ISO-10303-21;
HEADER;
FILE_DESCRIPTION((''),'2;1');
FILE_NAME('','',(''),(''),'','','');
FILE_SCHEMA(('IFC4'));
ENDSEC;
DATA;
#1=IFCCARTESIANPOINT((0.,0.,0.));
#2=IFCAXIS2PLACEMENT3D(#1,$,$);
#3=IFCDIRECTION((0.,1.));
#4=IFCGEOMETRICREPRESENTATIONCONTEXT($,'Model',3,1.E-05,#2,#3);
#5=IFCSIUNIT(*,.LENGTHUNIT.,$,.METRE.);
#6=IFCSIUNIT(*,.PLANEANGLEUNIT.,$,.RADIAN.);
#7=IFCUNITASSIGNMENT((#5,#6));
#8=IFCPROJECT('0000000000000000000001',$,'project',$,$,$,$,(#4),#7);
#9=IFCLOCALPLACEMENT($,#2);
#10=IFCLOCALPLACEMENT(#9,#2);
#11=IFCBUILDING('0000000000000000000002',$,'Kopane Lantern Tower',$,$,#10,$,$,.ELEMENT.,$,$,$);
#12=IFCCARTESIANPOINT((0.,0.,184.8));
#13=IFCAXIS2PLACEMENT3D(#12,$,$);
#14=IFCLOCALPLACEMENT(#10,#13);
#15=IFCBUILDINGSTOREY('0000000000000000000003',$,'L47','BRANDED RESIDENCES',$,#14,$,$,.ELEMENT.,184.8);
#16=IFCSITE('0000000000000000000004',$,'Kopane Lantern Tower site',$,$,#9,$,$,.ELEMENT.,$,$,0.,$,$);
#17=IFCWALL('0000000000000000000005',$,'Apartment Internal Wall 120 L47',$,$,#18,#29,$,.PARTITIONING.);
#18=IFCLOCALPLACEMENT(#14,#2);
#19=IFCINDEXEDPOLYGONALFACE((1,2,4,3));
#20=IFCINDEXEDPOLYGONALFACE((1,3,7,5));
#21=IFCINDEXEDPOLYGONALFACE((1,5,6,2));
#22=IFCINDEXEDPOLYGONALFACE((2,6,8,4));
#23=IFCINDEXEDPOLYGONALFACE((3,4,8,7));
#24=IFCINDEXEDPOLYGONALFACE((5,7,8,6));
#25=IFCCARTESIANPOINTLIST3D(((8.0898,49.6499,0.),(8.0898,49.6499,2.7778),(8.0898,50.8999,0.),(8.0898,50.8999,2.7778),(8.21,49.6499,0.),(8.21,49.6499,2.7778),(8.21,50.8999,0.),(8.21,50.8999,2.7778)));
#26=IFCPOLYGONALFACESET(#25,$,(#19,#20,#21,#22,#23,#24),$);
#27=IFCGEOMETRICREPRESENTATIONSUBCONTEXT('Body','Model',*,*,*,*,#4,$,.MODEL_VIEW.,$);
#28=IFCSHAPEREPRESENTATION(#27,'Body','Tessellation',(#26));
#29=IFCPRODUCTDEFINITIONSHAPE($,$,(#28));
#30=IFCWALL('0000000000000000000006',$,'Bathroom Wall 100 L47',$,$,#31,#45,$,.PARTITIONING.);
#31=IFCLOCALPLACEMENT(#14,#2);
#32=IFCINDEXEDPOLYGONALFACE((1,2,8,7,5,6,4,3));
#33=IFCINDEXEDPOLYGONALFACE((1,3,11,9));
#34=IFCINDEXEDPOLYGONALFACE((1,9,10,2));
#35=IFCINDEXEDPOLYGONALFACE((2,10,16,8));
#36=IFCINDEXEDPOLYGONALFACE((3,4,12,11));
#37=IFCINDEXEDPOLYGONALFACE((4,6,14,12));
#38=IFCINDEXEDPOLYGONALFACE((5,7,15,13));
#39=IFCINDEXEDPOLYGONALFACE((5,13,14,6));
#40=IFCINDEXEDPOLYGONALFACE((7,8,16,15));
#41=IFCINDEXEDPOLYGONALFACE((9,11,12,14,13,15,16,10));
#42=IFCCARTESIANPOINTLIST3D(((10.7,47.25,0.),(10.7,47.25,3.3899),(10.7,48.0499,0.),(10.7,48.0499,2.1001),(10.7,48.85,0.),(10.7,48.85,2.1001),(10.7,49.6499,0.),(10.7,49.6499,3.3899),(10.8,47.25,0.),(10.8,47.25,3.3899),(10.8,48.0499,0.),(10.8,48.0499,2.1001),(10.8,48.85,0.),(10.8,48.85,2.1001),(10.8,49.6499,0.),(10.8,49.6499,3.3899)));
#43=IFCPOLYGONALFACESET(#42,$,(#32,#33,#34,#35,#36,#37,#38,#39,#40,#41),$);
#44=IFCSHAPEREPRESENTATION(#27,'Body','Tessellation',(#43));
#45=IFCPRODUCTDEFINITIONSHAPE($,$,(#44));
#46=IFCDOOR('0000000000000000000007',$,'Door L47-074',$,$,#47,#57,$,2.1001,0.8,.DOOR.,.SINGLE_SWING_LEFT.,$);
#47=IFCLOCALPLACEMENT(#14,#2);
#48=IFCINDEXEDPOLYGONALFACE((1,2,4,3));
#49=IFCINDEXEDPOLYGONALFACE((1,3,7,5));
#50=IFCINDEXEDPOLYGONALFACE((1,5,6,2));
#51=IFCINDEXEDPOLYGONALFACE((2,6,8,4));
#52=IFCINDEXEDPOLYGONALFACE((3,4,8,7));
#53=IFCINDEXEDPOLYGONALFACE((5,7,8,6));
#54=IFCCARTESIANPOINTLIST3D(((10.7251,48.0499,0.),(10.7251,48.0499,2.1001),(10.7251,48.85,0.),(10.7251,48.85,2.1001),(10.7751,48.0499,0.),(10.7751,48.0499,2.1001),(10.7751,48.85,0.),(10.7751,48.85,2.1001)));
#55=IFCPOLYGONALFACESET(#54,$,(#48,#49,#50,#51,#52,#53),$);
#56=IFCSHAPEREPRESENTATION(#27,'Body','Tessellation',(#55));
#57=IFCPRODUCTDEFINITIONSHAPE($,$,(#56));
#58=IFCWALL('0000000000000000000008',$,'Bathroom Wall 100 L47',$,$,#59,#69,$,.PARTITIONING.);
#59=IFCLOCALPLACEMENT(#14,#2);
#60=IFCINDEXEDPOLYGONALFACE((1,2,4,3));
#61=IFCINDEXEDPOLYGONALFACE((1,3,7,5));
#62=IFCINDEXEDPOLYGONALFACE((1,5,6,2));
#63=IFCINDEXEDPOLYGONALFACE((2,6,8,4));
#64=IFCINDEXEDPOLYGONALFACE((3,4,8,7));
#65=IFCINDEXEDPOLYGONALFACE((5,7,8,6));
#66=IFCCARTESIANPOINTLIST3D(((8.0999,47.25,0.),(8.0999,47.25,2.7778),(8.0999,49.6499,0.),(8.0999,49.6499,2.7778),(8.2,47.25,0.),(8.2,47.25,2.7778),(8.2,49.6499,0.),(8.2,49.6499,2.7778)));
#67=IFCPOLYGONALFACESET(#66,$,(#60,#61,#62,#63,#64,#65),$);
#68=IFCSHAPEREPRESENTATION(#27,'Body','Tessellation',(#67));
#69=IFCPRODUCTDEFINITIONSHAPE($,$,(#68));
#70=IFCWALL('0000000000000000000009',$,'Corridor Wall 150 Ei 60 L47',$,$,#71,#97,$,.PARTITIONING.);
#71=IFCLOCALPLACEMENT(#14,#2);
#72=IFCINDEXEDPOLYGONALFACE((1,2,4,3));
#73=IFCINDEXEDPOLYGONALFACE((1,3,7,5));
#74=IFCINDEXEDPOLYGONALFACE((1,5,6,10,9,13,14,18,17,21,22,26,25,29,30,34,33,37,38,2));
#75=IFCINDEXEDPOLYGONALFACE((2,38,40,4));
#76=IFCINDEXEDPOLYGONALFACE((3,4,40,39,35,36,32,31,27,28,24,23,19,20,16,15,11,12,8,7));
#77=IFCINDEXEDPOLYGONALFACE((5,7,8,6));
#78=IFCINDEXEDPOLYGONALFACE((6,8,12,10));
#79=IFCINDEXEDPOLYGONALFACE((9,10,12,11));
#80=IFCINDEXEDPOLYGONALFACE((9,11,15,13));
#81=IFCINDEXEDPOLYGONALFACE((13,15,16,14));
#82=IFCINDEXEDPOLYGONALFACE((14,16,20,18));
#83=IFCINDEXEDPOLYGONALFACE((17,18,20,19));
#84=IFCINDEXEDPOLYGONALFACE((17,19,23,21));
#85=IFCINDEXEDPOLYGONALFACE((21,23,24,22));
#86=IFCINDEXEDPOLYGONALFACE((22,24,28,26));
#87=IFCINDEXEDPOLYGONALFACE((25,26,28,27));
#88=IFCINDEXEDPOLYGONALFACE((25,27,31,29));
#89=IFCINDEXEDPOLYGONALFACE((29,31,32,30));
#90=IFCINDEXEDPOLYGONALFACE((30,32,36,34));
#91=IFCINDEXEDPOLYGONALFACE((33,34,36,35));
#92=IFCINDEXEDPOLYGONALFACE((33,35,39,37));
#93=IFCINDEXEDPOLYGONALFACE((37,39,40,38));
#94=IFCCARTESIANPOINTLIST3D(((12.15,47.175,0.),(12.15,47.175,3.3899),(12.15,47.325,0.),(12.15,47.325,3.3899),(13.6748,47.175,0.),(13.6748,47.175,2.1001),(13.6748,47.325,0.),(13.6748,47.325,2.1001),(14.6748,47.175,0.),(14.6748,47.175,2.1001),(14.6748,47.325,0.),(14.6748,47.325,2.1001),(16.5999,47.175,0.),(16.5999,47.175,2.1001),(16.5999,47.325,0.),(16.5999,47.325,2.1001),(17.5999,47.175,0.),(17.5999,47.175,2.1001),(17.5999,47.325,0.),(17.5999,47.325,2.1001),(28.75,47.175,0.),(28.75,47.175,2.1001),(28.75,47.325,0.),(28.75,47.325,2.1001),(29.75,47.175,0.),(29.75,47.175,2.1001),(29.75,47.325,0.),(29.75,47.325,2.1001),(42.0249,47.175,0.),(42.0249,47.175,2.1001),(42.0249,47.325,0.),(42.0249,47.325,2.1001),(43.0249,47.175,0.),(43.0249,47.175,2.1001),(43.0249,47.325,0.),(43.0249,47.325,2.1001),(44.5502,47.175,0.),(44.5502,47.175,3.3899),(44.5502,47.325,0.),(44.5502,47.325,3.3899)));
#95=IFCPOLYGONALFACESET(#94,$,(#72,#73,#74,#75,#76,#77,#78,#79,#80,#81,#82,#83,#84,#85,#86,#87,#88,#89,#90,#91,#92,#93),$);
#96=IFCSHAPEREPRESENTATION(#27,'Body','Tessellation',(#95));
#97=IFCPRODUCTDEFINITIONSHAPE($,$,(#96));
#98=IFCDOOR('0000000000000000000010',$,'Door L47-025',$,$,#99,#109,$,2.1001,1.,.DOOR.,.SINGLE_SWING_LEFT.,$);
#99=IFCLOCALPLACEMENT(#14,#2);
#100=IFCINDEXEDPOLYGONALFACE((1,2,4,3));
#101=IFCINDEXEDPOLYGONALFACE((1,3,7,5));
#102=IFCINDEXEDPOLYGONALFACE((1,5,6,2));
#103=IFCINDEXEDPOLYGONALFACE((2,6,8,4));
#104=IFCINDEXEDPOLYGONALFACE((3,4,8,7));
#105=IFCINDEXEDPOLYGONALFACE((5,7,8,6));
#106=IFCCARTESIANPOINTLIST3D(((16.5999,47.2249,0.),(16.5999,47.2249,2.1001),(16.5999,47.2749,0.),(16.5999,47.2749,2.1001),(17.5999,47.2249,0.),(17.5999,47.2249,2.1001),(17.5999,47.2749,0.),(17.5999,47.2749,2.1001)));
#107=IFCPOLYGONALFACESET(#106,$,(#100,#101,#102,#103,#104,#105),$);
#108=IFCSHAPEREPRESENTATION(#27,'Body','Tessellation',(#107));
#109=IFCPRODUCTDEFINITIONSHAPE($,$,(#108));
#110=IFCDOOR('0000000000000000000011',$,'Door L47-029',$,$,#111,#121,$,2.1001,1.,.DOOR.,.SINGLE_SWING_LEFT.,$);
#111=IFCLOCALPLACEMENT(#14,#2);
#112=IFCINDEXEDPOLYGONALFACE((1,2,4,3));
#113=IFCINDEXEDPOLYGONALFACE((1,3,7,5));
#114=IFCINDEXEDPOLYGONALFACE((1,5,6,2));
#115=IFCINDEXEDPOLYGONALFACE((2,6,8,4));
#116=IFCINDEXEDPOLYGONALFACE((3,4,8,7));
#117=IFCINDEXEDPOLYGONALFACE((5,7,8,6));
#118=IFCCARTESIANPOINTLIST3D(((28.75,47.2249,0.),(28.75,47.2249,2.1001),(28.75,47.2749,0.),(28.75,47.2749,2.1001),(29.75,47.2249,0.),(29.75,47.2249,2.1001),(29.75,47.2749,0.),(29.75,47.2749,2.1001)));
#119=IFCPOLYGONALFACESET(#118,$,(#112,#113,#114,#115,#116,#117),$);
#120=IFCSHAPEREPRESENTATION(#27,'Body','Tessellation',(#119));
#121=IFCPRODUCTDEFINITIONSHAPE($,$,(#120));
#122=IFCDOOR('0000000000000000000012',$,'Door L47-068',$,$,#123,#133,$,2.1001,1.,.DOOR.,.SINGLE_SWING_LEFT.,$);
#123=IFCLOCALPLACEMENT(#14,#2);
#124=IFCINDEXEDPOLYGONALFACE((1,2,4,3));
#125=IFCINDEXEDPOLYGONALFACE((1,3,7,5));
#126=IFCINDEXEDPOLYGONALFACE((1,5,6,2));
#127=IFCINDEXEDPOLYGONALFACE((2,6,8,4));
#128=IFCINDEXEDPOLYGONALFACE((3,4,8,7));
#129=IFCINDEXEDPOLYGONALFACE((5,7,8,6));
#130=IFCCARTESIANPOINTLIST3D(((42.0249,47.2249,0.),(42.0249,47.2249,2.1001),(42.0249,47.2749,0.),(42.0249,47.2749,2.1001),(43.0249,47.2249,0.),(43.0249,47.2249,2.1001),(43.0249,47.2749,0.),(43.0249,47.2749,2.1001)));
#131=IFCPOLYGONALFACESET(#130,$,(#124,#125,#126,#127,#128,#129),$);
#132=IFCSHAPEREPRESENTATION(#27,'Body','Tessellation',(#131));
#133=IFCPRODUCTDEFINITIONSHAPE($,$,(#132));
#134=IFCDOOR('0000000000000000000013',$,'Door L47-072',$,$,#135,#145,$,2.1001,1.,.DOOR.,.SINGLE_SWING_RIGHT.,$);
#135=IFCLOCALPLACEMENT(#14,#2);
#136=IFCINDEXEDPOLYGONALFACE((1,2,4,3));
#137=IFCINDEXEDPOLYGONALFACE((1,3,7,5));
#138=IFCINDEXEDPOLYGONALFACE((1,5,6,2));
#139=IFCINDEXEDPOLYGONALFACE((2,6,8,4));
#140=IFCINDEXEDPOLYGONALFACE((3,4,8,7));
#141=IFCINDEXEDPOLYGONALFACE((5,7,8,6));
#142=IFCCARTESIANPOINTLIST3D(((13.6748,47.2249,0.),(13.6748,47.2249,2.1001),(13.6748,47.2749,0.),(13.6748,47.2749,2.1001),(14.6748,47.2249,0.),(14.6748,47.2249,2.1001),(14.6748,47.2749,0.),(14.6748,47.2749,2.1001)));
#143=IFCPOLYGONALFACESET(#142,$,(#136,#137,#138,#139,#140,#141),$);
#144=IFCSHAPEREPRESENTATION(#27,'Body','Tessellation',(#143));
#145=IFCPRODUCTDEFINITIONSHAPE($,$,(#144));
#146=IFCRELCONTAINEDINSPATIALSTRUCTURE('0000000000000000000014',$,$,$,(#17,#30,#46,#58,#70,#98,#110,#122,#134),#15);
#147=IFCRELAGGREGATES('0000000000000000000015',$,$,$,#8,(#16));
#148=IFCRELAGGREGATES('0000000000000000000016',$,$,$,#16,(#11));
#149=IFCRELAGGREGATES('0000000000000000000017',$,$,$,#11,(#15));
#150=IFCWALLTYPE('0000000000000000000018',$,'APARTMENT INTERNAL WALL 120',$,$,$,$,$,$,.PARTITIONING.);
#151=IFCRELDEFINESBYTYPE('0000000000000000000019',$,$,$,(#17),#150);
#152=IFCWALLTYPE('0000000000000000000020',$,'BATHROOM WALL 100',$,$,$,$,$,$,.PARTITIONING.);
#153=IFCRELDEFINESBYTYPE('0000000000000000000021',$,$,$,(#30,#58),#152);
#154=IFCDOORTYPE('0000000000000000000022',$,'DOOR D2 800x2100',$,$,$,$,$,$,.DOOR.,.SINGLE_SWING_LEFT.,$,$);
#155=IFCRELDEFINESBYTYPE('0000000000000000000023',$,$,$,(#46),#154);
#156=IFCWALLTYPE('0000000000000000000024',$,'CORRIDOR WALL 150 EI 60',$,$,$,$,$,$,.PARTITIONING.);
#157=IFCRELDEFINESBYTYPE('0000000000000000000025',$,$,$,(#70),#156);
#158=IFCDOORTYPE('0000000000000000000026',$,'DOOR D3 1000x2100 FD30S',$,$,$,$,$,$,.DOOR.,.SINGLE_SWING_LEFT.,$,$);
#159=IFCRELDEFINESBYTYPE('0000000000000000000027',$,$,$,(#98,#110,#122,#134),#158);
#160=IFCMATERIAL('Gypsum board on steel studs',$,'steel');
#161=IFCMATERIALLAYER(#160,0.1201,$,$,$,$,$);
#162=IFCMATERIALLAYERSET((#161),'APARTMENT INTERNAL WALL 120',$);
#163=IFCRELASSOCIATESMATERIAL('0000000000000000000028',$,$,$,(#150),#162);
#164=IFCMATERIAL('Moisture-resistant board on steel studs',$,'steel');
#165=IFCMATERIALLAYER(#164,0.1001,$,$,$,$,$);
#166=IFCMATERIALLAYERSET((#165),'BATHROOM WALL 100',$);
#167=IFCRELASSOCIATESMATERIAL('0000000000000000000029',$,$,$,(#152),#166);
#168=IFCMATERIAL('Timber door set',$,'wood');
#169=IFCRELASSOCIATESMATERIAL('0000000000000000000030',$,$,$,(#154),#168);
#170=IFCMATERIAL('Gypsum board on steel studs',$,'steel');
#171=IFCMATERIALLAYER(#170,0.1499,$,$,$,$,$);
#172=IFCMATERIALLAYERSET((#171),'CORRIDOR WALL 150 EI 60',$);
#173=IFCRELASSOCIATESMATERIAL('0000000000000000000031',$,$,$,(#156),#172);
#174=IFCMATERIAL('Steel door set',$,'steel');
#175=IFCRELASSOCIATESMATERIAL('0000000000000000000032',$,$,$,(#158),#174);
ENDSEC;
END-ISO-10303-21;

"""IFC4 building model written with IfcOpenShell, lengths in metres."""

from ifc_helpers import new_model, si_unit, direction, frame, frame_2d, origin, place, context, subcontext, project, spatial, rectangle, extrude, material, layer, layer_set, type_object, element, fill, save


model = new_model("IFC4")

# Units and contexts
model_context = context("Model", 3, precision=1e-05, world=origin(), true_north=direction((0.0, 1.0)))
body_context = subcontext(model_context, "Body", "Model", "MODEL_VIEW")
ifc_project = project(units=[si_unit("LENGTHUNIT", "METRE"), si_unit("PLANEANGLEUNIT", "RADIAN")], contexts=[model_context])

# Site, building, storey
site_placement = place(None, origin())
site = spatial("IfcSite", under=ifc_project, at=site_placement, Name="Kopane Lantern Tower site", CompositionType="ELEMENT", RefElevation=0.0)
building_placement = place(site_placement, origin())
building = spatial("IfcBuilding", under=site, at=building_placement, Name="Kopane Lantern Tower", CompositionType="ELEMENT")
storey_placement = place(building_placement, frame((0.0, 0.0, 184.8)))
storey = spatial("IfcBuildingStorey", under=building, at=storey_placement, Name="L47", Description="BRANDED RESIDENCES", CompositionType="ELEMENT", Elevation=184.8)

# Shared definitions
ifc_material_1 = material(Name="Gypsum board on steel studs", Category="steel")
ifc_layer_1 = layer(ifc_material_1, 0.1201)
ifc_layer_set_1 = layer_set([ifc_layer_1], Name="APARTMENT INTERNAL WALL 120")
wall_type_1 = type_object("IfcWallType", Name="APARTMENT INTERNAL WALL 120", PredefinedType="PARTITIONING", material=ifc_layer_set_1)

# Wall
wall_1_placement = place(storey_placement, frame((8.1499, 49.6499, 0.0), z_axis=(0.0, 0.0, 1.0), x_axis=(0.0, 1.0, 0.0)))
element("IfcWall", 1, at=wall_1_placement, inside=storey, type_object=wall_type_1, Name="Apartment Internal Wall 120 L47", PredefinedType="PARTITIONING", context=body_context, shape_type="SweptSolid", body=[
    extrude(rectangle(XDim=1.25, YDim=0.1201, at=frame_2d((0.625, 0.0))), origin(), (0.0, 0.0, 1.0), 2.7778),
])

# Wall, opening, door
ifc_material_2 = material(Name="Moisture-resistant board on steel studs", Category="steel")
ifc_layer_2 = layer(ifc_material_2, 0.1001)
ifc_layer_set_2 = layer_set([ifc_layer_2], Name="BATHROOM WALL 100")
wall_type_2 = type_object("IfcWallType", Name="BATHROOM WALL 100", PredefinedType="PARTITIONING", material=ifc_layer_set_2)
wall_2_placement = place(storey_placement, frame((10.75, 47.25, 0.0), z_axis=(0.0, 0.0, 1.0), x_axis=(0.0, 1.0, 0.0)))
wall_2 = element("IfcWall", 2, at=wall_2_placement, inside=storey, type_object=wall_type_2, Name="Bathroom Wall 100 L47", PredefinedType="PARTITIONING", context=body_context, shape_type="SweptSolid", body=[
    extrude(rectangle(XDim=2.3999, YDim=0.1001, at=frame_2d((1.2, 0.0))), origin(), (0.0, 0.0, 1.0), 3.3899),
])
opening_1_placement = place(wall_2_placement, frame((0.8, 0.0, 0.0)))
opening_1 = element("IfcOpeningElement", 3, at=opening_1_placement, cuts=wall_2, PredefinedType="OPENING", context=body_context, shape_type="SweptSolid", body=[
    extrude(rectangle(XDim=0.8, YDim=2.1001, at=frame_2d((0.3999, 1.05))), frame((0.0, 0.0601, 0.0), z_axis=(0.0, -1.0, 0.0), x_axis=(1.0, 0.0, 0.0)), (0.0, 0.0, 1.0), 0.1201),
])
ifc_material_3 = material(Name="Timber door set", Category="wood")
door_type_1 = type_object("IfcDoorType", Name="DOOR D2 800x2100", OperationType="SINGLE_SWING_LEFT", PredefinedType="DOOR", material=ifc_material_3)
door_1_placement = place(opening_1_placement, origin())
door_1 = element("IfcDoor", 4, at=door_1_placement, inside=storey, type_object=door_type_1, Name="Door L47-074", OperationType="SINGLE_SWING_LEFT", OverallHeight=2.1001, OverallWidth=0.8, PredefinedType="DOOR", context=body_context, shape_type="SweptSolid", body=[
    extrude(rectangle(XDim=0.8, YDim=2.1001, at=frame_2d((0.3999, 1.05))), frame((0.0, 0.0249, 0.0), z_axis=(0.0, -1.0, 0.0), x_axis=(1.0, 0.0, 0.0)), (0.0, 0.0, 1.0), 0.05),
])
fill(opening_1, door_1)

# Wall
wall_3_placement = place(storey_placement, frame((8.1499, 47.25, 0.0), z_axis=(0.0, 0.0, 1.0), x_axis=(0.0, 1.0, 0.0)))
element("IfcWall", 5, at=wall_3_placement, inside=storey, type_object=wall_type_2, Name="Bathroom Wall 100 L47", PredefinedType="PARTITIONING", context=body_context, shape_type="SweptSolid", body=[
    extrude(rectangle(XDim=2.3999, YDim=0.1001, at=frame_2d((1.2, 0.0))), origin(), (0.0, 0.0, 1.0), 2.7778),
])

# Wall, openings, doors
ifc_material_4 = material(Name="Gypsum board on steel studs", Category="steel")
ifc_layer_3 = layer(ifc_material_4, 0.1499)
ifc_layer_set_3 = layer_set([ifc_layer_3], Name="CORRIDOR WALL 150 EI 60")
wall_type_3 = type_object("IfcWallType", Name="CORRIDOR WALL 150 EI 60", PredefinedType="PARTITIONING", material=ifc_layer_set_3)
wall_4_placement = place(storey_placement, frame((12.1499, 47.25, 0.0), z_axis=(0.0, 0.0, 1.0), x_axis=(1.0, 0.0, 0.0)))
wall_4 = element("IfcWall", 6, at=wall_4_placement, inside=storey, type_object=wall_type_3, Name="Corridor Wall 150 Ei 60 L47", PredefinedType="PARTITIONING", context=body_context, shape_type="SweptSolid", body=[
    extrude(rectangle(XDim=32.4001, YDim=0.1499, at=frame_2d((16.2002, 0.0))), origin(), (0.0, 0.0, 1.0), 3.3899),
])
opening_2_placement = place(wall_4_placement, frame((4.45, 0.0, 0.0)))
opening_2 = element("IfcOpeningElement", 7, at=opening_2_placement, cuts=wall_4, PredefinedType="OPENING", context=body_context, shape_type="SweptSolid", body=[
    extrude(rectangle(XDim=1.0, YDim=2.1001, at=frame_2d((0.5, 1.05))), frame((0.0, 0.085, 0.0), z_axis=(0.0, -1.0, 0.0), x_axis=(1.0, 0.0, 0.0)), (0.0, 0.0, 1.0), 0.1699),
])
opening_3_placement = place(wall_4_placement, frame((16.6001, 0.0, 0.0)))
opening_3 = element("IfcOpeningElement", 8, at=opening_3_placement, cuts=wall_4, PredefinedType="OPENING", context=body_context, shape_type="SweptSolid", body=[
    extrude(rectangle(XDim=1.0, YDim=2.1001, at=frame_2d((0.5, 1.05))), frame((0.0, 0.085, 0.0), z_axis=(0.0, -1.0, 0.0), x_axis=(1.0, 0.0, 0.0)), (0.0, 0.0, 1.0), 0.1699),
])
opening_4_placement = place(wall_4_placement, frame((29.875, 0.0, 0.0)))
opening_4 = element("IfcOpeningElement", 9, at=opening_4_placement, cuts=wall_4, PredefinedType="OPENING", context=body_context, shape_type="SweptSolid", body=[
    extrude(rectangle(XDim=1.0, YDim=2.1001, at=frame_2d((0.5, 1.05))), frame((0.0, 0.085, 0.0), z_axis=(0.0, -1.0, 0.0), x_axis=(1.0, 0.0, 0.0)), (0.0, 0.0, 1.0), 0.1699),
])
opening_5_placement = place(wall_4_placement, frame((1.5249, 0.0, 0.0)))
opening_5 = element("IfcOpeningElement", 10, at=opening_5_placement, cuts=wall_4, PredefinedType="OPENING", context=body_context, shape_type="SweptSolid", body=[
    extrude(rectangle(XDim=1.0, YDim=2.1001, at=frame_2d((0.5, 1.05))), frame((0.0, 0.085, 0.0), z_axis=(0.0, -1.0, 0.0), x_axis=(1.0, 0.0, 0.0)), (0.0, 0.0, 1.0), 0.1699),
])
ifc_material_5 = material(Name="Steel door set", Category="steel")
door_type_2 = type_object("IfcDoorType", Name="DOOR D3 1000x2100 FD30S", OperationType="SINGLE_SWING_LEFT", PredefinedType="DOOR", material=ifc_material_5)
door_2_placement = place(opening_2_placement, origin())
door_2 = element("IfcDoor", 11, at=door_2_placement, inside=storey, type_object=door_type_2, Name="Door L47-025", OperationType="SINGLE_SWING_LEFT", OverallHeight=2.1001, OverallWidth=1.0, PredefinedType="DOOR", context=body_context, shape_type="SweptSolid", body=[
    extrude(rectangle(XDim=1.0, YDim=2.1001, at=frame_2d((0.5, 1.05))), frame((0.0, 0.0249, 0.0), z_axis=(0.0, -1.0, 0.0), x_axis=(1.0, 0.0, 0.0)), (0.0, 0.0, 1.0), 0.05),
])
fill(opening_2, door_2)
door_3_placement = place(opening_3_placement, origin())
door_3 = element("IfcDoor", 12, at=door_3_placement, inside=storey, type_object=door_type_2, Name="Door L47-029", OperationType="SINGLE_SWING_LEFT", OverallHeight=2.1001, OverallWidth=1.0, PredefinedType="DOOR", context=body_context, shape_type="SweptSolid", body=[
    extrude(rectangle(XDim=1.0, YDim=2.1001, at=frame_2d((0.5, 1.05))), frame((0.0, 0.0249, 0.0), z_axis=(0.0, -1.0, 0.0), x_axis=(1.0, 0.0, 0.0)), (0.0, 0.0, 1.0), 0.05),
])
fill(opening_3, door_3)
door_4_placement = place(opening_4_placement, origin())
door_4 = element("IfcDoor", 13, at=door_4_placement, inside=storey, type_object=door_type_2, Name="Door L47-068", OperationType="SINGLE_SWING_LEFT", OverallHeight=2.1001, OverallWidth=1.0, PredefinedType="DOOR", context=body_context, shape_type="SweptSolid", body=[
    extrude(rectangle(XDim=1.0, YDim=2.1001, at=frame_2d((0.5, 1.05))), frame((0.0, 0.0249, 0.0), z_axis=(0.0, -1.0, 0.0), x_axis=(1.0, 0.0, 0.0)), (0.0, 0.0, 1.0), 0.05),
])
fill(opening_4, door_4)
door_5_placement = place(opening_5_placement, origin())
door_5 = element("IfcDoor", 14, at=door_5_placement, inside=storey, type_object=door_type_2, Name="Door L47-072", OperationType="SINGLE_SWING_RIGHT", OverallHeight=2.1001, OverallWidth=1.0, PredefinedType="DOOR", context=body_context, shape_type="SweptSolid", body=[
    extrude(rectangle(XDim=1.0, YDim=2.1001, at=frame_2d((0.5, 1.05))), frame((0.0, 0.0249, 0.0), z_axis=(0.0, -1.0, 0.0), x_axis=(1.0, 0.0, 0.0)), (0.0, 0.0, 1.0), 0.05),
])
fill(opening_5, door_5)

save(model, "model.ifc")
